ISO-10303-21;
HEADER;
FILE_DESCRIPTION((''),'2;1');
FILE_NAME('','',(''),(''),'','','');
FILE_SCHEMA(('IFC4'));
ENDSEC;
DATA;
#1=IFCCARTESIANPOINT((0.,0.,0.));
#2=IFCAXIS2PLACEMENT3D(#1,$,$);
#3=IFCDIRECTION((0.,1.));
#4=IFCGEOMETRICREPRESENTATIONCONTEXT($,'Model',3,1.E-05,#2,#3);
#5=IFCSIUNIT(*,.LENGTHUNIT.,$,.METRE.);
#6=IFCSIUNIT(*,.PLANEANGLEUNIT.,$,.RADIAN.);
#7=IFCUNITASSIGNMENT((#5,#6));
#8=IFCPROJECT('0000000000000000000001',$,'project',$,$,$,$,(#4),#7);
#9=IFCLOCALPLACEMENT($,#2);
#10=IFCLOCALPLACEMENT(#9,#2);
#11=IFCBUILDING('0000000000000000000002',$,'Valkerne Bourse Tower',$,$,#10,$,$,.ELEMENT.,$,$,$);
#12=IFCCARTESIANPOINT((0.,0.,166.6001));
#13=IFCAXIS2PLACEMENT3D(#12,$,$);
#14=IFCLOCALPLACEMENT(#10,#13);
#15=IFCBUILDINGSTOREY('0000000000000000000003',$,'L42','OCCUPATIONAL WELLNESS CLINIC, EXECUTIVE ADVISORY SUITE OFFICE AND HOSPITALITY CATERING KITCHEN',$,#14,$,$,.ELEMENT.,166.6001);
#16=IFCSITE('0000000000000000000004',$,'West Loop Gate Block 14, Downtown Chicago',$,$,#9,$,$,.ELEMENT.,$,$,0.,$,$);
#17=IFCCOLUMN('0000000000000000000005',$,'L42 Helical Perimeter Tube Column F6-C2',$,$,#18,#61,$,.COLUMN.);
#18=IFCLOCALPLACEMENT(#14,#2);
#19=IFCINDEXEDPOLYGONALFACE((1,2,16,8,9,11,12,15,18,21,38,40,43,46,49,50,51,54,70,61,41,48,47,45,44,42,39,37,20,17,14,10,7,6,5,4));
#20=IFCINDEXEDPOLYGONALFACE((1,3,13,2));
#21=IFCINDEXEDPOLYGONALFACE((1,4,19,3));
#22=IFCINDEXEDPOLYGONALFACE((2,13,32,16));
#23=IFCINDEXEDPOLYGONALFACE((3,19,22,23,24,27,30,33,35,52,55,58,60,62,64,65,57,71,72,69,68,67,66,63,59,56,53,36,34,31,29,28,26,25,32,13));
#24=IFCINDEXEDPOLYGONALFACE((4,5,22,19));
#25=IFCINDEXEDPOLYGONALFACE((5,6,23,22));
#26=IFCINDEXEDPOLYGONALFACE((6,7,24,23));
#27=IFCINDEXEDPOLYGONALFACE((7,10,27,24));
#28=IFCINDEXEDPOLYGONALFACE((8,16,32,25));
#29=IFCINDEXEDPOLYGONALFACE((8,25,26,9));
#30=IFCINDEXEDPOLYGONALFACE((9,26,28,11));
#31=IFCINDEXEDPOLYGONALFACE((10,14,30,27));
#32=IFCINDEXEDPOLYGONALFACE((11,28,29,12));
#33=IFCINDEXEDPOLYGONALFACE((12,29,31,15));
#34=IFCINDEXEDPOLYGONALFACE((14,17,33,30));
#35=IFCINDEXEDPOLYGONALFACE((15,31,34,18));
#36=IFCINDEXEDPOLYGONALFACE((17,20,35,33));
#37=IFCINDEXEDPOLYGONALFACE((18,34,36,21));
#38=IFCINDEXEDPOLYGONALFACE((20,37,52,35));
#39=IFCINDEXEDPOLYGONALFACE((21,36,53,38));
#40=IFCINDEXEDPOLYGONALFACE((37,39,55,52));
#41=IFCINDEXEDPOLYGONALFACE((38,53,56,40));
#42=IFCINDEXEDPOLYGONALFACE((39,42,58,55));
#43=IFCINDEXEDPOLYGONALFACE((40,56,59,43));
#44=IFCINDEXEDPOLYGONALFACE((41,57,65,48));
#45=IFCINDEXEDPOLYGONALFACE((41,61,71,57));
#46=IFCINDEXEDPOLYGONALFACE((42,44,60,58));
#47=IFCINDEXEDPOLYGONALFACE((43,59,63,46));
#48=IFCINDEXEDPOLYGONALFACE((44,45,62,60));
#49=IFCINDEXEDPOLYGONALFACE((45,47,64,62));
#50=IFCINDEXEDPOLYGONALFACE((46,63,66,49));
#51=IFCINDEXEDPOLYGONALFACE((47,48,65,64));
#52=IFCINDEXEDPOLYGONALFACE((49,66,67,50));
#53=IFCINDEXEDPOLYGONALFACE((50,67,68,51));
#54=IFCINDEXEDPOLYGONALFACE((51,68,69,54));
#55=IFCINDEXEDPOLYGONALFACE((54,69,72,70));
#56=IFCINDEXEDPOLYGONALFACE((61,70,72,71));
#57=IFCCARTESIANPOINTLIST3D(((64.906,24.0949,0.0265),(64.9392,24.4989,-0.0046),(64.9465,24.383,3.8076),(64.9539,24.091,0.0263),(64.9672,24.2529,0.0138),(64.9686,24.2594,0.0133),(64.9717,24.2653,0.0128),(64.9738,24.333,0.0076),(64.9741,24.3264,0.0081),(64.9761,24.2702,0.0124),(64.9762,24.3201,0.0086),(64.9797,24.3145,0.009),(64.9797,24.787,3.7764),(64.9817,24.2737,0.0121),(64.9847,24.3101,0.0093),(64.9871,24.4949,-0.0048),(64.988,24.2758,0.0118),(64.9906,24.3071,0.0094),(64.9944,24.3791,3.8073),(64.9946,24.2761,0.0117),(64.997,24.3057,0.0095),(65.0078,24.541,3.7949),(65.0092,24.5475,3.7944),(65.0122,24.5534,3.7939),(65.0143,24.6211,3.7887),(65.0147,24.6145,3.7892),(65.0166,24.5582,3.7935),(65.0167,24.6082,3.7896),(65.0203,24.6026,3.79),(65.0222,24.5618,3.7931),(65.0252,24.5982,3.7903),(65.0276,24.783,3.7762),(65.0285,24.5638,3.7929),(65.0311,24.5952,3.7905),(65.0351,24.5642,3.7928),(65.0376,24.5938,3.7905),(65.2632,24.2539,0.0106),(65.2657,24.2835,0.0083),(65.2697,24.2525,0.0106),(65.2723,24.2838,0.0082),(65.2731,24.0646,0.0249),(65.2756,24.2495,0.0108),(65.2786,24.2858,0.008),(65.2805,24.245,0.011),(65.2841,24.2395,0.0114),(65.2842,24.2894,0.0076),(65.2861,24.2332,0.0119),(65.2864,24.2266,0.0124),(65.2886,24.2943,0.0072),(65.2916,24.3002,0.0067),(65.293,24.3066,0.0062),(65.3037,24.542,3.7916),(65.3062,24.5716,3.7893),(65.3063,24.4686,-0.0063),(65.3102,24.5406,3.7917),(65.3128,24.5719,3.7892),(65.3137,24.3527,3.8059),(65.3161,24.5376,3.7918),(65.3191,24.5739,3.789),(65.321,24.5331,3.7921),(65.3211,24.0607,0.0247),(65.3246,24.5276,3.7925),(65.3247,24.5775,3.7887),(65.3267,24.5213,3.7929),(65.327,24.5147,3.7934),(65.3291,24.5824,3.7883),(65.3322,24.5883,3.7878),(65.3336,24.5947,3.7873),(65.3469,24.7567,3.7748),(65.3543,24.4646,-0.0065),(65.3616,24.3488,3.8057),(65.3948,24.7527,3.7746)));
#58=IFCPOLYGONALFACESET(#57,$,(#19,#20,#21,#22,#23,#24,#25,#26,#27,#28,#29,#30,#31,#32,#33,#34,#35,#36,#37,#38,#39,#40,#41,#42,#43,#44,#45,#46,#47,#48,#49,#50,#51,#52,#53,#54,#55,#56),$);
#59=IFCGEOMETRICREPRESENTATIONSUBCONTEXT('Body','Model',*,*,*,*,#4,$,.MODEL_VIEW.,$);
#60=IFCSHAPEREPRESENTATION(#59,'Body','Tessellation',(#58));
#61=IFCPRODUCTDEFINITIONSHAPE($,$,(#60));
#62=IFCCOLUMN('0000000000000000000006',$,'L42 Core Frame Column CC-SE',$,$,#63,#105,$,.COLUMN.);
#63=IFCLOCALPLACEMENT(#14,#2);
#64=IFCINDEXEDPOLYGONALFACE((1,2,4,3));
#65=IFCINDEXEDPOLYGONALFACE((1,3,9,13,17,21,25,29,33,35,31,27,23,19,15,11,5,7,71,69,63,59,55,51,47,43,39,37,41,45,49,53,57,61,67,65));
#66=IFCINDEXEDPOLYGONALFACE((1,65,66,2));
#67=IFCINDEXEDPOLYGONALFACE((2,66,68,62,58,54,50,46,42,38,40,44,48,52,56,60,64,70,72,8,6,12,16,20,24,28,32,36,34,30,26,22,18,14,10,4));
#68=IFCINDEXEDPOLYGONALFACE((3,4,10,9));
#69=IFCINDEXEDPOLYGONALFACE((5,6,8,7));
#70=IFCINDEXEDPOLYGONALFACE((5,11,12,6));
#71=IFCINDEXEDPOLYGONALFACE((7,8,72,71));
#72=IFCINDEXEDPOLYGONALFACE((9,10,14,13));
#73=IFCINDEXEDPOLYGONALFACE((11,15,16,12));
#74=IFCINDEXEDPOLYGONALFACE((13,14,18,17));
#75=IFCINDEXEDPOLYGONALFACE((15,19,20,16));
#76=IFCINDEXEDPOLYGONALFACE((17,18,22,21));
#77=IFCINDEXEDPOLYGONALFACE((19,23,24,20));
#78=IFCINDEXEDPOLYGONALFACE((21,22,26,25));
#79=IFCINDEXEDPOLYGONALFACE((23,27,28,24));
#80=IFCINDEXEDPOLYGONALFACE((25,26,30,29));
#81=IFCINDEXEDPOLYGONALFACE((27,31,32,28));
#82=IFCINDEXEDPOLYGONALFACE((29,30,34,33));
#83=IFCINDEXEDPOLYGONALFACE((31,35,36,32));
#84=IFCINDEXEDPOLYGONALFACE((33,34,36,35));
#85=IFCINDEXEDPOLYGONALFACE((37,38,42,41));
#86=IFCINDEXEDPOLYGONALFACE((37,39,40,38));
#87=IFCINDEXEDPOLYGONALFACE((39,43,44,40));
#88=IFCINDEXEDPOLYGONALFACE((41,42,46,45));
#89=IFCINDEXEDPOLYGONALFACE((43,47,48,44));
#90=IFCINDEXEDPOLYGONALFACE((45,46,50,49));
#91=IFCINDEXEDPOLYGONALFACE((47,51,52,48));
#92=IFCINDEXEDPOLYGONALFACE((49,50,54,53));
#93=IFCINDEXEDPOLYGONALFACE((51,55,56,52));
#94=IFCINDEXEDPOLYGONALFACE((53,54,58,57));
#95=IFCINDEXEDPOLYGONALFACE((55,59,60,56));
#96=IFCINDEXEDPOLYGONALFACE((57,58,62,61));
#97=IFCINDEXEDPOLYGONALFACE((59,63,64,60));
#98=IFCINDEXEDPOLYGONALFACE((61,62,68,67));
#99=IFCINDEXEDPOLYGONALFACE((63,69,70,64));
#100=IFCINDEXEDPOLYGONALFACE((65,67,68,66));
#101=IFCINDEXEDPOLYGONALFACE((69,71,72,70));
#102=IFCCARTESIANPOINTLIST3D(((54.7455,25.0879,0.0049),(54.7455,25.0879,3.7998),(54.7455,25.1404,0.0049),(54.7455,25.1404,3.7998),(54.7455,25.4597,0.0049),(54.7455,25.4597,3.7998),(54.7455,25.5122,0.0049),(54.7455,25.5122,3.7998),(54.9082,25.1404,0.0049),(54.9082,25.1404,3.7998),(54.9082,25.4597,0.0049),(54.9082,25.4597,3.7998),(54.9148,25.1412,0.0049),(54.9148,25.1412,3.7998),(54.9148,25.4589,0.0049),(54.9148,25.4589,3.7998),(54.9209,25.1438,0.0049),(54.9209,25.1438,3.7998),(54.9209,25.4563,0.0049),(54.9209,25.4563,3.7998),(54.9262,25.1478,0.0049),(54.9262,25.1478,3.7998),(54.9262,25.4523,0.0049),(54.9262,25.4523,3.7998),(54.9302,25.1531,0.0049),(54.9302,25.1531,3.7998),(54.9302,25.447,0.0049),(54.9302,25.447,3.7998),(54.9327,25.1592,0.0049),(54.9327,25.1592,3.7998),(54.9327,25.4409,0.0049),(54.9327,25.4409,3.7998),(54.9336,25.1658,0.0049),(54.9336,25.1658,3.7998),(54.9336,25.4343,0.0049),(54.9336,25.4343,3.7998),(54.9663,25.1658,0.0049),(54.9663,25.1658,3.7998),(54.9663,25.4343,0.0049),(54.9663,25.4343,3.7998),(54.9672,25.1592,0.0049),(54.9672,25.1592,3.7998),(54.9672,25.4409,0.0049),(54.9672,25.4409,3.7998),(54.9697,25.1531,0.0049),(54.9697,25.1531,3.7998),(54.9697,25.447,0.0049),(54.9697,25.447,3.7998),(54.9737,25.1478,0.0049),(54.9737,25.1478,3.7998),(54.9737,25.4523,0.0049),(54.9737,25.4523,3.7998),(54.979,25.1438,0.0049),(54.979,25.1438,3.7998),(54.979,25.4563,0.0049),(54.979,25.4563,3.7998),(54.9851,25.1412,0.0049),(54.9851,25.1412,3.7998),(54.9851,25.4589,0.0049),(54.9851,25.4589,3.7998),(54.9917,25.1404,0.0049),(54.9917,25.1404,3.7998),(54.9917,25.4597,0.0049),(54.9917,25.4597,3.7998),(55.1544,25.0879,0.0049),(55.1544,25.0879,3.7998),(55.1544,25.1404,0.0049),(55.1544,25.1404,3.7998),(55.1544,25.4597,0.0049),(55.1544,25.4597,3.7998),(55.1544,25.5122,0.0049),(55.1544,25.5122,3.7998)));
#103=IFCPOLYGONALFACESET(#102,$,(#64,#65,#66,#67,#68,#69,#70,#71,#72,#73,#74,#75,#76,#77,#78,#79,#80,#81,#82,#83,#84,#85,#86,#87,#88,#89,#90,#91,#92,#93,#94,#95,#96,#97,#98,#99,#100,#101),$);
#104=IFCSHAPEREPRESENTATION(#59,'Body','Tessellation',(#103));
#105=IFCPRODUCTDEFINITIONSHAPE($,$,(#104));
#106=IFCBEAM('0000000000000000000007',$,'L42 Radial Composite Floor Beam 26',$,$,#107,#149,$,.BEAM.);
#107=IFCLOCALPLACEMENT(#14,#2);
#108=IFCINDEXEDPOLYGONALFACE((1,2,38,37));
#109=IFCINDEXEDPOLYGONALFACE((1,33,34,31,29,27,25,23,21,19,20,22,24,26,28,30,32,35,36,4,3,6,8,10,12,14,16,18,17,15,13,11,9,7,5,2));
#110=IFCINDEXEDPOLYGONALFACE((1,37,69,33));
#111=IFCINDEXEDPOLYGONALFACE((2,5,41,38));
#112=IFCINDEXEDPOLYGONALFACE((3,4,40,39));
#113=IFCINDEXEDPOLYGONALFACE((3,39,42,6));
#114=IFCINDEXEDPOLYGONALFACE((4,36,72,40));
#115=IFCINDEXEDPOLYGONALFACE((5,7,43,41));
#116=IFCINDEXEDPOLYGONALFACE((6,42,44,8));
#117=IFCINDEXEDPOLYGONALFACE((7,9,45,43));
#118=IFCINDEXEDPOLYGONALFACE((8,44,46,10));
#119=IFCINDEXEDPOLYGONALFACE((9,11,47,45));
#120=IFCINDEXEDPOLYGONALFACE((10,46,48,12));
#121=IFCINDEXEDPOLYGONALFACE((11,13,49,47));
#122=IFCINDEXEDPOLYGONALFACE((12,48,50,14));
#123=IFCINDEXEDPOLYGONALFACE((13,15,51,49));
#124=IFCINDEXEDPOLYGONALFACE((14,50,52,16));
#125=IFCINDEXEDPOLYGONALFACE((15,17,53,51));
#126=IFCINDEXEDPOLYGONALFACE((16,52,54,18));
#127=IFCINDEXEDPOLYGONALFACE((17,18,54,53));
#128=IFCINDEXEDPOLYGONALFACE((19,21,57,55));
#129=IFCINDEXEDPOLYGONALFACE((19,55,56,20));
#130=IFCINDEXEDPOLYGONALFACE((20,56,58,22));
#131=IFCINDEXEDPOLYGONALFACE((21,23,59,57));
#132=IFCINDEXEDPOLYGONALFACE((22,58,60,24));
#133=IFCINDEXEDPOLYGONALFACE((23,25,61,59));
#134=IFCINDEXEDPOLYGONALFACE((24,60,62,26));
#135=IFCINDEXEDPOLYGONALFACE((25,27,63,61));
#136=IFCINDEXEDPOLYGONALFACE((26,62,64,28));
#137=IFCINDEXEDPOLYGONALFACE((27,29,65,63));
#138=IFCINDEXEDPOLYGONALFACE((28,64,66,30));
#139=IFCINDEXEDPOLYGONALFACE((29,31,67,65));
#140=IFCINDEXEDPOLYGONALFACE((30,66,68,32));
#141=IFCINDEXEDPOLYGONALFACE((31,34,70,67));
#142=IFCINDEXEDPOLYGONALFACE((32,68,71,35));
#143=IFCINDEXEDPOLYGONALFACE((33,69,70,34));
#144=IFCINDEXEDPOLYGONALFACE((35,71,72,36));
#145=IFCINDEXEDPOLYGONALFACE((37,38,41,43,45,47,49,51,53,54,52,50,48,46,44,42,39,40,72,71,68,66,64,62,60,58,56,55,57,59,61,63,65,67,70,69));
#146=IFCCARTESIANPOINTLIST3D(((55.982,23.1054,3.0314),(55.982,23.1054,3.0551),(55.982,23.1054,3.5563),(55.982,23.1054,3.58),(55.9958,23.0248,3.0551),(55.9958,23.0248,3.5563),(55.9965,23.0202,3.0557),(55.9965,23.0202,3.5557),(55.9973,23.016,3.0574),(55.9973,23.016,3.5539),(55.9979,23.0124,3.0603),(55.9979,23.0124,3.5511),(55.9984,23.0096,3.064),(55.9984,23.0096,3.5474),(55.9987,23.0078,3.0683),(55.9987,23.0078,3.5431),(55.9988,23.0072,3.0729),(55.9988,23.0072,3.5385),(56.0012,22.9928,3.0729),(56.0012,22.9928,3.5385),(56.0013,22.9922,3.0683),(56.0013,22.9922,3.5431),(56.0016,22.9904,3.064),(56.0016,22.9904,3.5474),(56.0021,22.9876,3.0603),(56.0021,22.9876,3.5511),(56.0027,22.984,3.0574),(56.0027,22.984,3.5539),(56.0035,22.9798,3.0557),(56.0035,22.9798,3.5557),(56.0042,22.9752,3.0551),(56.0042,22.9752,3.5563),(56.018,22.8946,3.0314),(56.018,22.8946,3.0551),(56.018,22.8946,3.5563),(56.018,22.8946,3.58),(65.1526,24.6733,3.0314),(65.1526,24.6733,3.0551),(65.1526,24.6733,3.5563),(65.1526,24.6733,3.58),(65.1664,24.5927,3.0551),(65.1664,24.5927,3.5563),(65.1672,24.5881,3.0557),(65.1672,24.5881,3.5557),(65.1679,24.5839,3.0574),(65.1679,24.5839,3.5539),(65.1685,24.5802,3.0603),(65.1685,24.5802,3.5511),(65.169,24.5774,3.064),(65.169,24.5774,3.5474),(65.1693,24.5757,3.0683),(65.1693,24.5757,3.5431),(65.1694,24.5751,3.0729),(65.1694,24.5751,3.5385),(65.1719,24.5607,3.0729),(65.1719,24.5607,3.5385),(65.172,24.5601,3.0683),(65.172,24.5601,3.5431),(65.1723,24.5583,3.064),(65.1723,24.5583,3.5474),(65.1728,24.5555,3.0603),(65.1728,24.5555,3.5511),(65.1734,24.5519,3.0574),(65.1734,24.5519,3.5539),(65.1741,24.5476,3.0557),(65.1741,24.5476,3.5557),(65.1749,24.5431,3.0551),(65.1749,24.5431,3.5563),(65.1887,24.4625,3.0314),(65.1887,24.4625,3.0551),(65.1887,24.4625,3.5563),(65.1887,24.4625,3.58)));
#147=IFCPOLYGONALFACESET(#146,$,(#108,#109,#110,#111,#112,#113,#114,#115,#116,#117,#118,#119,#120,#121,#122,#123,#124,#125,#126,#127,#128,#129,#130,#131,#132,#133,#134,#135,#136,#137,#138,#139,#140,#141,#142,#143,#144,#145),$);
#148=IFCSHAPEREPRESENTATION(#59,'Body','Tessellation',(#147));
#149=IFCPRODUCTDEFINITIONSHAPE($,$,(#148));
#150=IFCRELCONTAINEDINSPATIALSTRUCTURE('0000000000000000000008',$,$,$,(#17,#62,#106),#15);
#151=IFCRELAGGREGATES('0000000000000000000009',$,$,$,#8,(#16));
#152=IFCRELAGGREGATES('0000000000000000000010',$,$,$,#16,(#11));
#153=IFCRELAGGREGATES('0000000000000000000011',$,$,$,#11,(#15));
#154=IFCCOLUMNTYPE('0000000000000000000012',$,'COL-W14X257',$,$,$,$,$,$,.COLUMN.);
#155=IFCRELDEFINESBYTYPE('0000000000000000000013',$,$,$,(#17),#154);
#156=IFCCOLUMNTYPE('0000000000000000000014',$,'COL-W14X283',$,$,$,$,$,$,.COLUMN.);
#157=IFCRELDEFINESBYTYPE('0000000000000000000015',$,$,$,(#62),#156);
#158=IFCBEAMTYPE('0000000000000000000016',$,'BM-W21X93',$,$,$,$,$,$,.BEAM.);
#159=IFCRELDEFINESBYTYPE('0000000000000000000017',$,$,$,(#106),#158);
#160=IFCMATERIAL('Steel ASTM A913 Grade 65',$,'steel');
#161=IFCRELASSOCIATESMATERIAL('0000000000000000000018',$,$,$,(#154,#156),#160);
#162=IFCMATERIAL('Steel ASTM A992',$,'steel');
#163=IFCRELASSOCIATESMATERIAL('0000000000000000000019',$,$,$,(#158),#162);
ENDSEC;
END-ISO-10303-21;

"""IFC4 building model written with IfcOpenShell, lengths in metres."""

from ifc_helpers import new_model, si_unit, direction, frame, origin, origin_2d, place, context, subcontext, project, spatial, i_section, extrude, material, material_profile, profile_set, type_object, element, save


model = new_model("IFC4")

# Units and contexts
model_context = context("Model", 3, precision=1e-05, world=origin(), true_north=direction((0.0, 1.0)))
body_context = subcontext(model_context, "Body", "Model", "MODEL_VIEW")
ifc_project = project(units=[si_unit("LENGTHUNIT", "METRE"), si_unit("PLANEANGLEUNIT", "RADIAN")], contexts=[model_context])

# Site, building, storey
site_placement = place(None, origin())
site = spatial("IfcSite", under=ifc_project, at=site_placement, Name="West Loop Gate Block 14, Downtown Chicago", CompositionType="ELEMENT", RefElevation=0.0)
building_placement = place(site_placement, origin())
building = spatial("IfcBuilding", under=site, at=building_placement, Name="Valkerne Bourse Tower", CompositionType="ELEMENT")
storey_placement = place(building_placement, frame((0.0, 0.0, 166.6001)))
storey = spatial("IfcBuildingStorey", under=building, at=storey_placement, Name="L42", Description="OCCUPATIONAL WELLNESS CLINIC, EXECUTIVE ADVISORY SUITE OFFICE AND HOSPITALITY CATERING KITCHEN", CompositionType="ELEMENT", Elevation=166.6001)

# Columns
ifc_material_1 = material(Name="Steel ASTM A913 Grade 65", Category="steel")
ifc_material_profile_1 = material_profile(ifc_material_1, i_section(OverallWidth=0.4065, OverallDepth=0.4165, WebThickness=0.0298, FlangeThickness=0.0481, FilletRadius=0.0254, at=origin_2d()), Name="W14X257")
ifc_profile_set_1 = profile_set([ifc_material_profile_1], Name="Steel ASTM A913 Grade 65")
column_type_1 = type_object("IfcColumnType", Name="COL-W14X257", PredefinedType="COLUMN", material=ifc_profile_set_1)
column_1_placement = place(storey_placement, frame((65.1301, 24.2798, 0.01), z_axis=(0.010687, 0.075968, 0.997053), x_axis=(-0.081663, -0.993713, 0.076589)))
element("IfcColumn", 1, at=column_1_placement, inside=storey, type_object=column_type_1, Name="L42 Helical Perimeter Tube Column F6-C2", PredefinedType="COLUMN", context=body_context, shape_type="SweptSolid", body=[
    extrude(i_section(OverallWidth=0.4065, OverallDepth=0.4165, WebThickness=0.0298, FlangeThickness=0.0481, FilletRadius=0.0254, at=origin_2d()), origin(), (0.0, 0.0, 1.0), 3.7922),
])
ifc_material_profile_2 = material_profile(ifc_material_1, i_section(OverallWidth=0.4089, OverallDepth=0.4243, WebThickness=0.0327, FlangeThickness=0.0525, FilletRadius=0.0254, at=origin_2d()), Name="W14X283")
ifc_profile_set_2 = profile_set([ifc_material_profile_2], Name="Steel ASTM A913 Grade 65")
column_type_2 = type_object("IfcColumnType", Name="COL-W14X283", PredefinedType="COLUMN", material=ifc_profile_set_2)
column_2_placement = place(storey_placement, frame((54.95, 25.3, 0.0049), z_axis=(0.0, 0.0, 1.0), x_axis=(1.0, 0.0, 0.0)))
element("IfcColumn", 2, at=column_2_placement, inside=storey, type_object=column_type_2, Name="L42 Core Frame Column CC-SE", PredefinedType="COLUMN", context=body_context, shape_type="SweptSolid", body=[
    extrude(i_section(OverallWidth=0.4089, OverallDepth=0.4243, WebThickness=0.0327, FlangeThickness=0.0525, FilletRadius=0.0254, at=origin_2d()), origin(), (0.0, 0.0, 1.0), 3.7949),
])

# Beam
ifc_material_2 = material(Name="Steel ASTM A992", Category="steel")
ifc_material_profile_3 = material_profile(ifc_material_2, i_section(OverallWidth=0.2139, OverallDepth=0.5486, WebThickness=0.0146, FlangeThickness=0.0237, FilletRadius=0.0178, at=origin_2d()), Name="W21X93")
ifc_profile_set_3 = profile_set([ifc_material_profile_3], Name="Steel ASTM A992")
beam_type_1 = type_object("IfcBeamType", Name="BM-W21X93", PredefinedType="BEAM", material=ifc_profile_set_3)
beam_1_placement = place(storey_placement, frame((65.1707, 24.5679, 3.3057), z_axis=(-0.985698, -0.168521, 0.0), x_axis=(0.168521, -0.985698, 0.0)))
element("IfcBeam", 3, at=beam_1_placement, inside=storey, type_object=beam_type_1, Name="L42 Radial Composite Floor Beam 26", PredefinedType="BEAM", context=body_context, shape_type="SweptSolid", body=[
    extrude(i_section(OverallWidth=0.2139, OverallDepth=0.5486, WebThickness=0.0146, FlangeThickness=0.0237, FilletRadius=0.0178, at=origin_2d()), origin(), (0.0, 0.0, 1.0), 9.3037),
])

save(model, "model.ifc")
